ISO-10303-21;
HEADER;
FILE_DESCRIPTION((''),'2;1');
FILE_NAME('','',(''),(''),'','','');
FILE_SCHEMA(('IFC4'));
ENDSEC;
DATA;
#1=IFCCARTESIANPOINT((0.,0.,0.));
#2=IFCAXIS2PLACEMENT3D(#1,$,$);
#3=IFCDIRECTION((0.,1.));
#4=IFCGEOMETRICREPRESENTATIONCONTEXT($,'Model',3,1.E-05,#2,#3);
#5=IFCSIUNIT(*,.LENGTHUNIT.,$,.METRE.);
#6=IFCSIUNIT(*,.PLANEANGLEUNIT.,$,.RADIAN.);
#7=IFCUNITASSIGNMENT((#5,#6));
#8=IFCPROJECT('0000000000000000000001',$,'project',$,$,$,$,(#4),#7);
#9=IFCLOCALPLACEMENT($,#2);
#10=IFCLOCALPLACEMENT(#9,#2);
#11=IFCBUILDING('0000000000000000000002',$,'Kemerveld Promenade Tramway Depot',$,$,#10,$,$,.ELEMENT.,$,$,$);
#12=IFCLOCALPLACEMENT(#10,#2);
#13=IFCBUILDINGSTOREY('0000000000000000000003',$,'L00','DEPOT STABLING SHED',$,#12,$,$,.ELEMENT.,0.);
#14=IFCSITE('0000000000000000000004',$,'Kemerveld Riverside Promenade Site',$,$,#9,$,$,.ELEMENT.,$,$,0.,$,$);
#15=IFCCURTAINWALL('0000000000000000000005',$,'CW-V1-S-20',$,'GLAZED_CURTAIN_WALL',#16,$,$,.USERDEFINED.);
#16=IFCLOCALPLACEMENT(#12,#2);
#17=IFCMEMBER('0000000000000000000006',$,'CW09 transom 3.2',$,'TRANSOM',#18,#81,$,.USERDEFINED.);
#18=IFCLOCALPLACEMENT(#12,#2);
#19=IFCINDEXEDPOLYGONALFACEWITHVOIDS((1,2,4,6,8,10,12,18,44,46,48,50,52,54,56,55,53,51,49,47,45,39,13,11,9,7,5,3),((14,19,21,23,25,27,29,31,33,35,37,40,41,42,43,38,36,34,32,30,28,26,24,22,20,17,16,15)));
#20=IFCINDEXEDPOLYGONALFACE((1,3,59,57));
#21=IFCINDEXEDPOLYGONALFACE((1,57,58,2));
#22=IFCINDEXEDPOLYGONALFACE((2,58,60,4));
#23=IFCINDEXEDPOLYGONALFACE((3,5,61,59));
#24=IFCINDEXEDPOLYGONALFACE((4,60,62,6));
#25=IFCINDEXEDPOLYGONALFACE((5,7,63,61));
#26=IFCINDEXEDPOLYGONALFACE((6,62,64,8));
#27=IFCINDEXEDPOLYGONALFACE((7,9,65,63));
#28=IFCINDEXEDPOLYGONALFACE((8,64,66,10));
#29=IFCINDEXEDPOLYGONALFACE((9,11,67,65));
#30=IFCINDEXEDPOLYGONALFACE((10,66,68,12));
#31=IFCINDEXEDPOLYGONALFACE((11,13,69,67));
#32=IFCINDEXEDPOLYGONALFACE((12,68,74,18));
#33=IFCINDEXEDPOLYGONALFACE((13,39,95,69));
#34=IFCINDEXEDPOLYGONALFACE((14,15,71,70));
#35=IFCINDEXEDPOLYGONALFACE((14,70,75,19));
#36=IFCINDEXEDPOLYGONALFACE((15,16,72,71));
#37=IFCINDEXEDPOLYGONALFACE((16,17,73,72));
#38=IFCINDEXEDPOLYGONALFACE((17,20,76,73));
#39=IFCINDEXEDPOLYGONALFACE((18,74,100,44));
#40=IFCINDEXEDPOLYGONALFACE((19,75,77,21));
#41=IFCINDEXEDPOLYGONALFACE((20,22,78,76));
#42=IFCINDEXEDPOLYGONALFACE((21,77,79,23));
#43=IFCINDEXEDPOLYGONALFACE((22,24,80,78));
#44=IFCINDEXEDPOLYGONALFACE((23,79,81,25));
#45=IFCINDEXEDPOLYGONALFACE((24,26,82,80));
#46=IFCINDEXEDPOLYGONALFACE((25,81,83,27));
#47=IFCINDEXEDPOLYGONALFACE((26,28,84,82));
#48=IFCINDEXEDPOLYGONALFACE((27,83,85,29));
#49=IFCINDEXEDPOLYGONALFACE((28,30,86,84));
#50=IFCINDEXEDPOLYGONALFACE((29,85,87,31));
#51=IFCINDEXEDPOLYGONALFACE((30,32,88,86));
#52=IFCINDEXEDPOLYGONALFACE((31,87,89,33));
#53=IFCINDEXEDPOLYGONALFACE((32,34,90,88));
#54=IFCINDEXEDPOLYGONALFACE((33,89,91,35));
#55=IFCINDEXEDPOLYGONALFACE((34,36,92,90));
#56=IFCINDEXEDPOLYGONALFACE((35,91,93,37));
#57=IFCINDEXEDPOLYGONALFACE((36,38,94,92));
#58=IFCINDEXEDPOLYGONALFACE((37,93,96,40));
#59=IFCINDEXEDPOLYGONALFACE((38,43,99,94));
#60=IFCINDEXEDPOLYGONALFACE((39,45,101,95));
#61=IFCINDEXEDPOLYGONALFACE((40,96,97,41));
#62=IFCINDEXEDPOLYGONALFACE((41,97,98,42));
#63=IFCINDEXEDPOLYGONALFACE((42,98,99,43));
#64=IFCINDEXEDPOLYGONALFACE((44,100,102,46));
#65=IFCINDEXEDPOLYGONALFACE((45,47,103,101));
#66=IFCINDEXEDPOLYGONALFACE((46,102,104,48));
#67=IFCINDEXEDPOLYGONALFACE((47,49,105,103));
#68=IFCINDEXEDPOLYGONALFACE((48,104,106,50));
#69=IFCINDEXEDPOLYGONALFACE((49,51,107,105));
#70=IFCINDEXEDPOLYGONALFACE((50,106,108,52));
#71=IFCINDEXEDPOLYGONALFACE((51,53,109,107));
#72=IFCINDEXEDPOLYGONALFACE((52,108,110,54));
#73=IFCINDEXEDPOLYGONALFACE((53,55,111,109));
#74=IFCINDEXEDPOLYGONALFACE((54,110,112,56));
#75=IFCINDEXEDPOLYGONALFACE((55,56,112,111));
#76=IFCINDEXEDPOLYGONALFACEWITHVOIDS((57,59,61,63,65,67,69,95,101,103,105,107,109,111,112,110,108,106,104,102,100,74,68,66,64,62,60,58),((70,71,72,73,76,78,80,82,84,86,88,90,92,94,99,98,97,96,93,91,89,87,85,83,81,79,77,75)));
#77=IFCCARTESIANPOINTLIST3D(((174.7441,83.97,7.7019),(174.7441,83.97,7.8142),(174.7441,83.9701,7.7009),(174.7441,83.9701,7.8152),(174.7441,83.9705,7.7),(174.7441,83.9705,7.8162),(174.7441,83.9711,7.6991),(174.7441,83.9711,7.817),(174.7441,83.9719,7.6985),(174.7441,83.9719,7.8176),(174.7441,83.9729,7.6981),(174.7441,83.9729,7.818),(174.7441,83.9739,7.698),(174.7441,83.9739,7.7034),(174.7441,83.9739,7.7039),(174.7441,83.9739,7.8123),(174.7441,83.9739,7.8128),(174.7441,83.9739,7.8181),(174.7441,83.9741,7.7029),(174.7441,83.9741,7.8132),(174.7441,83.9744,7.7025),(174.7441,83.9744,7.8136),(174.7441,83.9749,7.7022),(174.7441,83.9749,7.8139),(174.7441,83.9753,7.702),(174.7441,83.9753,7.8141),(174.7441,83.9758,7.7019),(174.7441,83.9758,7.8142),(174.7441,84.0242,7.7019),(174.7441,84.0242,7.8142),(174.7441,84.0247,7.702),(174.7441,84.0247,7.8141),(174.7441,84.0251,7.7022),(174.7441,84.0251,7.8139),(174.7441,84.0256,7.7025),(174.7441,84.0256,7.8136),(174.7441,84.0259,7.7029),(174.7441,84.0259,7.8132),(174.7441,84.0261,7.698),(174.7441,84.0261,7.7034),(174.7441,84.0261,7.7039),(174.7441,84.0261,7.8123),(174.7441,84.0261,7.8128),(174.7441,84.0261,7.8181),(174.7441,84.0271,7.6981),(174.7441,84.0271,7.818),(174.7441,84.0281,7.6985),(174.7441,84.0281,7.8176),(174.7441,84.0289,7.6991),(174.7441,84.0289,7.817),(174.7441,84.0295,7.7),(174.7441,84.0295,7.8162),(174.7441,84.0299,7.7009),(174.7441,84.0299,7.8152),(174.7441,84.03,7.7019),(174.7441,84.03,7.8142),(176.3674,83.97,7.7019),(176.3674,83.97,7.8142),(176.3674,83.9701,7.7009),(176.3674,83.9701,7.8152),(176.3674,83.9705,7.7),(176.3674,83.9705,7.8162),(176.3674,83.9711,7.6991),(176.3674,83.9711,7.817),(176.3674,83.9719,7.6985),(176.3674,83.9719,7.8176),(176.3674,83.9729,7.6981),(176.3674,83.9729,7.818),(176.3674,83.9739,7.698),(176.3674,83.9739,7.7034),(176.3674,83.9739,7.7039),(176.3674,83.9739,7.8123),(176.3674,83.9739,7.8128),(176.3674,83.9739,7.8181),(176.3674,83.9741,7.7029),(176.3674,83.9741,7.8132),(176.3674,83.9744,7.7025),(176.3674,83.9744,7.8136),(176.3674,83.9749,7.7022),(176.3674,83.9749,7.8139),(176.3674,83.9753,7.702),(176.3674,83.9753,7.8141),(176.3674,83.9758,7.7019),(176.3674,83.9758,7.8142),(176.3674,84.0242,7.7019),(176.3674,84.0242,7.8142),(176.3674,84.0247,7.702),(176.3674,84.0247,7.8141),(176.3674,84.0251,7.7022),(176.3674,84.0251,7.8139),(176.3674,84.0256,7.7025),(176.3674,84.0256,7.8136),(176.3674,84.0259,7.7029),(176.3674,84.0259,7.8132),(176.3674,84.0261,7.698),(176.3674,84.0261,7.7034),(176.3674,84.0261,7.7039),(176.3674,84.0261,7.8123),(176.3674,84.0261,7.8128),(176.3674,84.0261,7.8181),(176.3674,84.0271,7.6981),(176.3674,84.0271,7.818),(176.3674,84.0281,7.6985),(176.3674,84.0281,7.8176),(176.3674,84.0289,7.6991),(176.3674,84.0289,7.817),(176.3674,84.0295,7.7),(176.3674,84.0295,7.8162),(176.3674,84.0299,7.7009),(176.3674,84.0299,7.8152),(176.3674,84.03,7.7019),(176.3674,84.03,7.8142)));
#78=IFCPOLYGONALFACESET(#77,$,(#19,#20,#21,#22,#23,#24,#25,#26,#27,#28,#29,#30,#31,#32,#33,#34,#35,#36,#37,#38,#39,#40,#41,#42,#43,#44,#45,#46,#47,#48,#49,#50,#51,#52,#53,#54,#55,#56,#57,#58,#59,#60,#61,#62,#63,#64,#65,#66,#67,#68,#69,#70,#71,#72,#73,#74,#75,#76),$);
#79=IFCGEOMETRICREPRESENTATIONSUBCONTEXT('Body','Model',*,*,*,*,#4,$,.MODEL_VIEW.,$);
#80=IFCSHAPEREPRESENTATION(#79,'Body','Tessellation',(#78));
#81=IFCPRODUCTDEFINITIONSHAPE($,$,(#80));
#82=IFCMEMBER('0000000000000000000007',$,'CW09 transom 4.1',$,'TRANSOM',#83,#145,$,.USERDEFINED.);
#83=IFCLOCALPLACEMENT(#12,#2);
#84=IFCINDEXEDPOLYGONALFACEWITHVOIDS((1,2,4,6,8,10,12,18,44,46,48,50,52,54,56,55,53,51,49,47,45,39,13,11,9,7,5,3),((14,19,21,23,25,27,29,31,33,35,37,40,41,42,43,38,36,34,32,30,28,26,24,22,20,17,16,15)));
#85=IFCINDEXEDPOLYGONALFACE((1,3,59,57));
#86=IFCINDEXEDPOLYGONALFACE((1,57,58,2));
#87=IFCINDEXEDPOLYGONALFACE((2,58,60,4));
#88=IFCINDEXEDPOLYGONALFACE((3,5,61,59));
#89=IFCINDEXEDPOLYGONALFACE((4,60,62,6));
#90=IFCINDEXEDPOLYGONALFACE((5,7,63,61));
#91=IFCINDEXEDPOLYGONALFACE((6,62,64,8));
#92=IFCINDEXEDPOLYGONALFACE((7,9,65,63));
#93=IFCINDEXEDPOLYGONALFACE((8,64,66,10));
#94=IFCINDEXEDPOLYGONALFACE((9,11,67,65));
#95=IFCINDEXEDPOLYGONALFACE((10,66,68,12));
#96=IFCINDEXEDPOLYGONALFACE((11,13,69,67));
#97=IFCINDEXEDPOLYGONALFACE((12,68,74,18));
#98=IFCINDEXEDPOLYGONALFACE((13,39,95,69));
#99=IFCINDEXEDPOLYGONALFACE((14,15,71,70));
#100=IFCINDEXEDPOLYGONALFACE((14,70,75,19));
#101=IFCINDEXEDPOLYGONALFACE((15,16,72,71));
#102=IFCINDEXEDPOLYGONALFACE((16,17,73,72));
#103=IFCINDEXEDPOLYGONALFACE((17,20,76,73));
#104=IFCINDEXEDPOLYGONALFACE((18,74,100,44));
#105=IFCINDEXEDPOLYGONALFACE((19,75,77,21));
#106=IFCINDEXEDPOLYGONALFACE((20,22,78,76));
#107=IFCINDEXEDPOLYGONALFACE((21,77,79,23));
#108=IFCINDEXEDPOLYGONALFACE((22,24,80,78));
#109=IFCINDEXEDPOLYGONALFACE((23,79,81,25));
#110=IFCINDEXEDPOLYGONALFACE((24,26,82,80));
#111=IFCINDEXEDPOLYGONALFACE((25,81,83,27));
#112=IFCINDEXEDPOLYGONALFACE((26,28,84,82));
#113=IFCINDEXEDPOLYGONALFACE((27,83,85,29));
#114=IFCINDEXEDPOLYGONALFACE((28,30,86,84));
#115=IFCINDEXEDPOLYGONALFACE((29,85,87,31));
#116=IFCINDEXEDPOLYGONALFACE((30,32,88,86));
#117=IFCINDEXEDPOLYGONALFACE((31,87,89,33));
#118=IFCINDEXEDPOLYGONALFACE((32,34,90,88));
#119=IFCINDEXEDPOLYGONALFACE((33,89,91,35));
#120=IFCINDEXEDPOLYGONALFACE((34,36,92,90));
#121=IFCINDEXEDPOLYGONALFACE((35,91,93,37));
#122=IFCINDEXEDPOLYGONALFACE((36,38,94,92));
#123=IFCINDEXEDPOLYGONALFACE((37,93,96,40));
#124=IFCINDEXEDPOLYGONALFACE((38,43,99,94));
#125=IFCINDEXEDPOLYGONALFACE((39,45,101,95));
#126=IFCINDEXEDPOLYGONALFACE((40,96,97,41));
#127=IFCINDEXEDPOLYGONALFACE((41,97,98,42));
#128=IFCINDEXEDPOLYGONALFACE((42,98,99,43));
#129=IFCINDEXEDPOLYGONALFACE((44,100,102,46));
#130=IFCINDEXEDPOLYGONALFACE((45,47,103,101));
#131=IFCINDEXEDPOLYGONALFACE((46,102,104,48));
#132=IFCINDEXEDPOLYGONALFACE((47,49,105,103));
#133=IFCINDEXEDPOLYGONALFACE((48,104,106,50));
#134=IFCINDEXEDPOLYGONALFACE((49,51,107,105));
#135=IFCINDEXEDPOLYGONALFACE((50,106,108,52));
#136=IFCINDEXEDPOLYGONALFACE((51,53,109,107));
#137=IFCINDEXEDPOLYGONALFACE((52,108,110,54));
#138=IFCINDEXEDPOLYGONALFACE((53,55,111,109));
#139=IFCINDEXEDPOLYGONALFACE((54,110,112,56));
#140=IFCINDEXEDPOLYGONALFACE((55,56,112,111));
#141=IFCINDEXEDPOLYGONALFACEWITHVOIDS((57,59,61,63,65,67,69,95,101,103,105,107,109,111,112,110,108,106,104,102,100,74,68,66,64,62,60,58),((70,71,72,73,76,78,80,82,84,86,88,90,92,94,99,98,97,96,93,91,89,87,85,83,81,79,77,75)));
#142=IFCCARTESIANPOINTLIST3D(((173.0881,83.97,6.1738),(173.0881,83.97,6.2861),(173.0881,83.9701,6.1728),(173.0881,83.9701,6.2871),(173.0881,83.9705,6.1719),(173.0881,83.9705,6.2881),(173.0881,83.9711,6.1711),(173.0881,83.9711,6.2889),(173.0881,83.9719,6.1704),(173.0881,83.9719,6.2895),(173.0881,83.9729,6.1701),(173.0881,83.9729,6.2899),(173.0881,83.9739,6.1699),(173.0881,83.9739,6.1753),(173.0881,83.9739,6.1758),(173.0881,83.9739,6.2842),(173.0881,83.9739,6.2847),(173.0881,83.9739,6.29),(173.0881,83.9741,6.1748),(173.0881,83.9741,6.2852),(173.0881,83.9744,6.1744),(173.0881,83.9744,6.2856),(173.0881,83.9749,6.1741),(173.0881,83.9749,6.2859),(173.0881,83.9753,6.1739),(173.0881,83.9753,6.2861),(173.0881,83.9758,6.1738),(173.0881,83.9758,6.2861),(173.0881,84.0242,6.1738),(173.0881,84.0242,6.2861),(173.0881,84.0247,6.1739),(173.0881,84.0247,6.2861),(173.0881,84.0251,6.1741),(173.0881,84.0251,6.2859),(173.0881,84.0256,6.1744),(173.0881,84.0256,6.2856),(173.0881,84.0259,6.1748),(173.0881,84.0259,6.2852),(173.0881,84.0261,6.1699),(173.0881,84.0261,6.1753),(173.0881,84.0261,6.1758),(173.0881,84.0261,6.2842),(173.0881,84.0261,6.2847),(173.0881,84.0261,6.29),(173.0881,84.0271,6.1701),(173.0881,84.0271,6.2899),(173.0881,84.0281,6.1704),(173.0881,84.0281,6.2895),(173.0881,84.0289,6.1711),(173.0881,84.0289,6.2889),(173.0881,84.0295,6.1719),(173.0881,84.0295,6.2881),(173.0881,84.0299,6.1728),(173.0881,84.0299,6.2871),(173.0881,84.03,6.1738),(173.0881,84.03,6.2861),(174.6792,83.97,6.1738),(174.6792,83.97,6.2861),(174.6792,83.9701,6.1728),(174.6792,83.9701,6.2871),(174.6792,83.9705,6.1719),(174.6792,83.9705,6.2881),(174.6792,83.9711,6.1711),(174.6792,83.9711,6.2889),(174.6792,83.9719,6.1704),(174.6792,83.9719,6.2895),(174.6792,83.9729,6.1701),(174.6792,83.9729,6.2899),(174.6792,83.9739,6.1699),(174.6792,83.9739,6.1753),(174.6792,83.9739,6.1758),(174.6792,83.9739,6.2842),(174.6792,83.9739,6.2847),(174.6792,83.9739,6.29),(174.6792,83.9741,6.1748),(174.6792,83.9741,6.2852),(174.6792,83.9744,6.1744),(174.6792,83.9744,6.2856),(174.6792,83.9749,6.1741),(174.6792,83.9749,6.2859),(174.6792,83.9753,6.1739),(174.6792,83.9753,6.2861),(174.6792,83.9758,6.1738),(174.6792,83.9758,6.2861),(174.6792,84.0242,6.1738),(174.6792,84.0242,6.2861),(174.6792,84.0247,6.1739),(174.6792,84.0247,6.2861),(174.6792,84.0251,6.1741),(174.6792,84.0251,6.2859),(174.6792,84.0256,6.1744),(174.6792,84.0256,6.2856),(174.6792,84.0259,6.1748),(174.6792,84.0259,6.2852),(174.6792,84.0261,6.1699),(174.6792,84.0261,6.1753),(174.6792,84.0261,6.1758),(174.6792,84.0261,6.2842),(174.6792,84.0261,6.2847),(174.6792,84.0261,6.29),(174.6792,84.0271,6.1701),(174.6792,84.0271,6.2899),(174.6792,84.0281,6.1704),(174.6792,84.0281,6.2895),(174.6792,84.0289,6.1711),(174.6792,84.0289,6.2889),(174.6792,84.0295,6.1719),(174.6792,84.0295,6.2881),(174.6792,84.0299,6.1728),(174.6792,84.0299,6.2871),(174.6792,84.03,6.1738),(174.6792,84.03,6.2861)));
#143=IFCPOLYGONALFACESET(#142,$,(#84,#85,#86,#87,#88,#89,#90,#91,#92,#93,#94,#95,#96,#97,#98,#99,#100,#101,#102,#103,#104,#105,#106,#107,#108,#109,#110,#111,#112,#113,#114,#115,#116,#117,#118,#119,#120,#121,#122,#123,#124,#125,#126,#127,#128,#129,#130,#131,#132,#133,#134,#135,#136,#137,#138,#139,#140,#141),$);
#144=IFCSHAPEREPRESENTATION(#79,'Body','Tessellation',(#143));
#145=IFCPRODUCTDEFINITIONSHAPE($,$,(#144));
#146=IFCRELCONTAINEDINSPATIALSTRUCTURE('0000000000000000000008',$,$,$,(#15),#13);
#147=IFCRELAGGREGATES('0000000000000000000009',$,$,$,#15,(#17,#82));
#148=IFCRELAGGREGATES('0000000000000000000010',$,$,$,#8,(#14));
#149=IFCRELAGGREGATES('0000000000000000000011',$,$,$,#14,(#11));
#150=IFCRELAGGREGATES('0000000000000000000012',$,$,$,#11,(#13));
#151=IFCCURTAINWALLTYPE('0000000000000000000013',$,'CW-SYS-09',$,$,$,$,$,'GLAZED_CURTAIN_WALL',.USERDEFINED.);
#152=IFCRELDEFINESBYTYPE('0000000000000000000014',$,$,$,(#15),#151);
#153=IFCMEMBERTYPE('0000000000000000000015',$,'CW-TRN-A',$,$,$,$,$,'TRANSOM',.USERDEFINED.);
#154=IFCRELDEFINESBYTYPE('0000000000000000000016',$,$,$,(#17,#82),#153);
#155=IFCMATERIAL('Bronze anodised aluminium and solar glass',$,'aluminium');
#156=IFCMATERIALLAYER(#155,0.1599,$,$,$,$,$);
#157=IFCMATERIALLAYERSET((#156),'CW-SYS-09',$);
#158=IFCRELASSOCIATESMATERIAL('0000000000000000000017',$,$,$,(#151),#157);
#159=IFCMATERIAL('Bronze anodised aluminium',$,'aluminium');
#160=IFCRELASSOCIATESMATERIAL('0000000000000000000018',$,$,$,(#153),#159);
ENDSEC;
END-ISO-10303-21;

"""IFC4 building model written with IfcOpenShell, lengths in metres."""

from ifc_helpers import new_model, si_unit, direction, frame, origin, origin_2d, place, context, subcontext, project, spatial, hollow_rectangle, extrude, material, layer, layer_set, material_profile, profile_set, type_object, element, aggregate, save


model = new_model("IFC4")

# Units and contexts
model_context = context("Model", 3, precision=1e-05, world=origin(), true_north=direction((0.0, 1.0)))
body_context = subcontext(model_context, "Body", "Model", "MODEL_VIEW")
ifc_project = project(units=[si_unit("LENGTHUNIT", "METRE"), si_unit("PLANEANGLEUNIT", "RADIAN")], contexts=[model_context])

# Site, building, storey
site_placement = place(None, origin())
site = spatial("IfcSite", under=ifc_project, at=site_placement, Name="Kemerveld Riverside Promenade Site", CompositionType="ELEMENT", RefElevation=0.0)
building_placement = place(site_placement, origin())
building = spatial("IfcBuilding", under=site, at=building_placement, Name="Kemerveld Promenade Tramway Depot", CompositionType="ELEMENT")
storey_placement = place(building_placement, origin())
storey = spatial("IfcBuildingStorey", under=building, at=storey_placement, Name="L00", Description="DEPOT STABLING SHED", CompositionType="ELEMENT", Elevation=0.0)

# Curtain wall
ifc_material_1 = material(Name="Bronze anodised aluminium and solar glass", Category="aluminium")
ifc_layer_1 = layer(ifc_material_1, 0.1599)
ifc_layer_set_1 = layer_set([ifc_layer_1], Name="CW-SYS-09")
curtain_wall_type_1 = type_object("IfcCurtainWallType", Name="CW-SYS-09", ElementType="GLAZED_CURTAIN_WALL", PredefinedType="USERDEFINED", material=ifc_layer_set_1)
curtain_wall_1_placement = place(storey_placement, origin())
curtain_wall_1 = element("IfcCurtainWall", 1, at=curtain_wall_1_placement, inside=storey, type_object=curtain_wall_type_1, Name="CW-V1-S-20", ObjectType="GLAZED_CURTAIN_WALL", PredefinedType="USERDEFINED")
ifc_material_2 = material(Name="Bronze anodised aluminium", Category="aluminium")

# Members
ifc_material_profile_1 = material_profile(ifc_material_2, hollow_rectangle(XDim=0.0601, YDim=0.1201, WallThickness=0.0039, InnerFilletRadius=0.002, OuterFilletRadius=0.0039, at=origin_2d()), Name="CW-TRN-120x60")
ifc_profile_set_1 = profile_set([ifc_material_profile_1], Name="Bronze anodised aluminium")
member_type_1 = type_object("IfcMemberType", Name="CW-TRN-A", ElementType="TRANSOM", PredefinedType="USERDEFINED", material=ifc_profile_set_1)
member_1_placement = place(storey_placement, frame((176.3674, 84.0, 7.7581), z_axis=(-1.0, 0.0, 0.0), x_axis=(0.0, -1.0, 0.0)))
member_1 = element("IfcMember", 2, at=member_1_placement, type_object=member_type_1, Name="CW09 transom 3.2", ObjectType="TRANSOM", PredefinedType="USERDEFINED", context=body_context, shape_type="SweptSolid", body=[
    extrude(hollow_rectangle(XDim=0.0601, YDim=0.1201, WallThickness=0.0039, InnerFilletRadius=0.002, OuterFilletRadius=0.0039, at=origin_2d()), origin(), (0.0, 0.0, 1.0), 1.6233),
])
member_2_placement = place(storey_placement, frame((174.6792, 84.0, 6.23), z_axis=(-1.0, 0.0, 0.0), x_axis=(0.0, -1.0, 0.0)))
member_2 = element("IfcMember", 3, at=member_2_placement, type_object=member_type_1, Name="CW09 transom 4.1", ObjectType="TRANSOM", PredefinedType="USERDEFINED", context=body_context, shape_type="SweptSolid", body=[
    extrude(hollow_rectangle(XDim=0.0601, YDim=0.1201, WallThickness=0.0039, InnerFilletRadius=0.002, OuterFilletRadius=0.0039, at=origin_2d()), origin(), (0.0, 0.0, 1.0), 1.5911),
])

aggregate(curtain_wall_1, [member_1, member_2])

save(model, "model.ifc")
